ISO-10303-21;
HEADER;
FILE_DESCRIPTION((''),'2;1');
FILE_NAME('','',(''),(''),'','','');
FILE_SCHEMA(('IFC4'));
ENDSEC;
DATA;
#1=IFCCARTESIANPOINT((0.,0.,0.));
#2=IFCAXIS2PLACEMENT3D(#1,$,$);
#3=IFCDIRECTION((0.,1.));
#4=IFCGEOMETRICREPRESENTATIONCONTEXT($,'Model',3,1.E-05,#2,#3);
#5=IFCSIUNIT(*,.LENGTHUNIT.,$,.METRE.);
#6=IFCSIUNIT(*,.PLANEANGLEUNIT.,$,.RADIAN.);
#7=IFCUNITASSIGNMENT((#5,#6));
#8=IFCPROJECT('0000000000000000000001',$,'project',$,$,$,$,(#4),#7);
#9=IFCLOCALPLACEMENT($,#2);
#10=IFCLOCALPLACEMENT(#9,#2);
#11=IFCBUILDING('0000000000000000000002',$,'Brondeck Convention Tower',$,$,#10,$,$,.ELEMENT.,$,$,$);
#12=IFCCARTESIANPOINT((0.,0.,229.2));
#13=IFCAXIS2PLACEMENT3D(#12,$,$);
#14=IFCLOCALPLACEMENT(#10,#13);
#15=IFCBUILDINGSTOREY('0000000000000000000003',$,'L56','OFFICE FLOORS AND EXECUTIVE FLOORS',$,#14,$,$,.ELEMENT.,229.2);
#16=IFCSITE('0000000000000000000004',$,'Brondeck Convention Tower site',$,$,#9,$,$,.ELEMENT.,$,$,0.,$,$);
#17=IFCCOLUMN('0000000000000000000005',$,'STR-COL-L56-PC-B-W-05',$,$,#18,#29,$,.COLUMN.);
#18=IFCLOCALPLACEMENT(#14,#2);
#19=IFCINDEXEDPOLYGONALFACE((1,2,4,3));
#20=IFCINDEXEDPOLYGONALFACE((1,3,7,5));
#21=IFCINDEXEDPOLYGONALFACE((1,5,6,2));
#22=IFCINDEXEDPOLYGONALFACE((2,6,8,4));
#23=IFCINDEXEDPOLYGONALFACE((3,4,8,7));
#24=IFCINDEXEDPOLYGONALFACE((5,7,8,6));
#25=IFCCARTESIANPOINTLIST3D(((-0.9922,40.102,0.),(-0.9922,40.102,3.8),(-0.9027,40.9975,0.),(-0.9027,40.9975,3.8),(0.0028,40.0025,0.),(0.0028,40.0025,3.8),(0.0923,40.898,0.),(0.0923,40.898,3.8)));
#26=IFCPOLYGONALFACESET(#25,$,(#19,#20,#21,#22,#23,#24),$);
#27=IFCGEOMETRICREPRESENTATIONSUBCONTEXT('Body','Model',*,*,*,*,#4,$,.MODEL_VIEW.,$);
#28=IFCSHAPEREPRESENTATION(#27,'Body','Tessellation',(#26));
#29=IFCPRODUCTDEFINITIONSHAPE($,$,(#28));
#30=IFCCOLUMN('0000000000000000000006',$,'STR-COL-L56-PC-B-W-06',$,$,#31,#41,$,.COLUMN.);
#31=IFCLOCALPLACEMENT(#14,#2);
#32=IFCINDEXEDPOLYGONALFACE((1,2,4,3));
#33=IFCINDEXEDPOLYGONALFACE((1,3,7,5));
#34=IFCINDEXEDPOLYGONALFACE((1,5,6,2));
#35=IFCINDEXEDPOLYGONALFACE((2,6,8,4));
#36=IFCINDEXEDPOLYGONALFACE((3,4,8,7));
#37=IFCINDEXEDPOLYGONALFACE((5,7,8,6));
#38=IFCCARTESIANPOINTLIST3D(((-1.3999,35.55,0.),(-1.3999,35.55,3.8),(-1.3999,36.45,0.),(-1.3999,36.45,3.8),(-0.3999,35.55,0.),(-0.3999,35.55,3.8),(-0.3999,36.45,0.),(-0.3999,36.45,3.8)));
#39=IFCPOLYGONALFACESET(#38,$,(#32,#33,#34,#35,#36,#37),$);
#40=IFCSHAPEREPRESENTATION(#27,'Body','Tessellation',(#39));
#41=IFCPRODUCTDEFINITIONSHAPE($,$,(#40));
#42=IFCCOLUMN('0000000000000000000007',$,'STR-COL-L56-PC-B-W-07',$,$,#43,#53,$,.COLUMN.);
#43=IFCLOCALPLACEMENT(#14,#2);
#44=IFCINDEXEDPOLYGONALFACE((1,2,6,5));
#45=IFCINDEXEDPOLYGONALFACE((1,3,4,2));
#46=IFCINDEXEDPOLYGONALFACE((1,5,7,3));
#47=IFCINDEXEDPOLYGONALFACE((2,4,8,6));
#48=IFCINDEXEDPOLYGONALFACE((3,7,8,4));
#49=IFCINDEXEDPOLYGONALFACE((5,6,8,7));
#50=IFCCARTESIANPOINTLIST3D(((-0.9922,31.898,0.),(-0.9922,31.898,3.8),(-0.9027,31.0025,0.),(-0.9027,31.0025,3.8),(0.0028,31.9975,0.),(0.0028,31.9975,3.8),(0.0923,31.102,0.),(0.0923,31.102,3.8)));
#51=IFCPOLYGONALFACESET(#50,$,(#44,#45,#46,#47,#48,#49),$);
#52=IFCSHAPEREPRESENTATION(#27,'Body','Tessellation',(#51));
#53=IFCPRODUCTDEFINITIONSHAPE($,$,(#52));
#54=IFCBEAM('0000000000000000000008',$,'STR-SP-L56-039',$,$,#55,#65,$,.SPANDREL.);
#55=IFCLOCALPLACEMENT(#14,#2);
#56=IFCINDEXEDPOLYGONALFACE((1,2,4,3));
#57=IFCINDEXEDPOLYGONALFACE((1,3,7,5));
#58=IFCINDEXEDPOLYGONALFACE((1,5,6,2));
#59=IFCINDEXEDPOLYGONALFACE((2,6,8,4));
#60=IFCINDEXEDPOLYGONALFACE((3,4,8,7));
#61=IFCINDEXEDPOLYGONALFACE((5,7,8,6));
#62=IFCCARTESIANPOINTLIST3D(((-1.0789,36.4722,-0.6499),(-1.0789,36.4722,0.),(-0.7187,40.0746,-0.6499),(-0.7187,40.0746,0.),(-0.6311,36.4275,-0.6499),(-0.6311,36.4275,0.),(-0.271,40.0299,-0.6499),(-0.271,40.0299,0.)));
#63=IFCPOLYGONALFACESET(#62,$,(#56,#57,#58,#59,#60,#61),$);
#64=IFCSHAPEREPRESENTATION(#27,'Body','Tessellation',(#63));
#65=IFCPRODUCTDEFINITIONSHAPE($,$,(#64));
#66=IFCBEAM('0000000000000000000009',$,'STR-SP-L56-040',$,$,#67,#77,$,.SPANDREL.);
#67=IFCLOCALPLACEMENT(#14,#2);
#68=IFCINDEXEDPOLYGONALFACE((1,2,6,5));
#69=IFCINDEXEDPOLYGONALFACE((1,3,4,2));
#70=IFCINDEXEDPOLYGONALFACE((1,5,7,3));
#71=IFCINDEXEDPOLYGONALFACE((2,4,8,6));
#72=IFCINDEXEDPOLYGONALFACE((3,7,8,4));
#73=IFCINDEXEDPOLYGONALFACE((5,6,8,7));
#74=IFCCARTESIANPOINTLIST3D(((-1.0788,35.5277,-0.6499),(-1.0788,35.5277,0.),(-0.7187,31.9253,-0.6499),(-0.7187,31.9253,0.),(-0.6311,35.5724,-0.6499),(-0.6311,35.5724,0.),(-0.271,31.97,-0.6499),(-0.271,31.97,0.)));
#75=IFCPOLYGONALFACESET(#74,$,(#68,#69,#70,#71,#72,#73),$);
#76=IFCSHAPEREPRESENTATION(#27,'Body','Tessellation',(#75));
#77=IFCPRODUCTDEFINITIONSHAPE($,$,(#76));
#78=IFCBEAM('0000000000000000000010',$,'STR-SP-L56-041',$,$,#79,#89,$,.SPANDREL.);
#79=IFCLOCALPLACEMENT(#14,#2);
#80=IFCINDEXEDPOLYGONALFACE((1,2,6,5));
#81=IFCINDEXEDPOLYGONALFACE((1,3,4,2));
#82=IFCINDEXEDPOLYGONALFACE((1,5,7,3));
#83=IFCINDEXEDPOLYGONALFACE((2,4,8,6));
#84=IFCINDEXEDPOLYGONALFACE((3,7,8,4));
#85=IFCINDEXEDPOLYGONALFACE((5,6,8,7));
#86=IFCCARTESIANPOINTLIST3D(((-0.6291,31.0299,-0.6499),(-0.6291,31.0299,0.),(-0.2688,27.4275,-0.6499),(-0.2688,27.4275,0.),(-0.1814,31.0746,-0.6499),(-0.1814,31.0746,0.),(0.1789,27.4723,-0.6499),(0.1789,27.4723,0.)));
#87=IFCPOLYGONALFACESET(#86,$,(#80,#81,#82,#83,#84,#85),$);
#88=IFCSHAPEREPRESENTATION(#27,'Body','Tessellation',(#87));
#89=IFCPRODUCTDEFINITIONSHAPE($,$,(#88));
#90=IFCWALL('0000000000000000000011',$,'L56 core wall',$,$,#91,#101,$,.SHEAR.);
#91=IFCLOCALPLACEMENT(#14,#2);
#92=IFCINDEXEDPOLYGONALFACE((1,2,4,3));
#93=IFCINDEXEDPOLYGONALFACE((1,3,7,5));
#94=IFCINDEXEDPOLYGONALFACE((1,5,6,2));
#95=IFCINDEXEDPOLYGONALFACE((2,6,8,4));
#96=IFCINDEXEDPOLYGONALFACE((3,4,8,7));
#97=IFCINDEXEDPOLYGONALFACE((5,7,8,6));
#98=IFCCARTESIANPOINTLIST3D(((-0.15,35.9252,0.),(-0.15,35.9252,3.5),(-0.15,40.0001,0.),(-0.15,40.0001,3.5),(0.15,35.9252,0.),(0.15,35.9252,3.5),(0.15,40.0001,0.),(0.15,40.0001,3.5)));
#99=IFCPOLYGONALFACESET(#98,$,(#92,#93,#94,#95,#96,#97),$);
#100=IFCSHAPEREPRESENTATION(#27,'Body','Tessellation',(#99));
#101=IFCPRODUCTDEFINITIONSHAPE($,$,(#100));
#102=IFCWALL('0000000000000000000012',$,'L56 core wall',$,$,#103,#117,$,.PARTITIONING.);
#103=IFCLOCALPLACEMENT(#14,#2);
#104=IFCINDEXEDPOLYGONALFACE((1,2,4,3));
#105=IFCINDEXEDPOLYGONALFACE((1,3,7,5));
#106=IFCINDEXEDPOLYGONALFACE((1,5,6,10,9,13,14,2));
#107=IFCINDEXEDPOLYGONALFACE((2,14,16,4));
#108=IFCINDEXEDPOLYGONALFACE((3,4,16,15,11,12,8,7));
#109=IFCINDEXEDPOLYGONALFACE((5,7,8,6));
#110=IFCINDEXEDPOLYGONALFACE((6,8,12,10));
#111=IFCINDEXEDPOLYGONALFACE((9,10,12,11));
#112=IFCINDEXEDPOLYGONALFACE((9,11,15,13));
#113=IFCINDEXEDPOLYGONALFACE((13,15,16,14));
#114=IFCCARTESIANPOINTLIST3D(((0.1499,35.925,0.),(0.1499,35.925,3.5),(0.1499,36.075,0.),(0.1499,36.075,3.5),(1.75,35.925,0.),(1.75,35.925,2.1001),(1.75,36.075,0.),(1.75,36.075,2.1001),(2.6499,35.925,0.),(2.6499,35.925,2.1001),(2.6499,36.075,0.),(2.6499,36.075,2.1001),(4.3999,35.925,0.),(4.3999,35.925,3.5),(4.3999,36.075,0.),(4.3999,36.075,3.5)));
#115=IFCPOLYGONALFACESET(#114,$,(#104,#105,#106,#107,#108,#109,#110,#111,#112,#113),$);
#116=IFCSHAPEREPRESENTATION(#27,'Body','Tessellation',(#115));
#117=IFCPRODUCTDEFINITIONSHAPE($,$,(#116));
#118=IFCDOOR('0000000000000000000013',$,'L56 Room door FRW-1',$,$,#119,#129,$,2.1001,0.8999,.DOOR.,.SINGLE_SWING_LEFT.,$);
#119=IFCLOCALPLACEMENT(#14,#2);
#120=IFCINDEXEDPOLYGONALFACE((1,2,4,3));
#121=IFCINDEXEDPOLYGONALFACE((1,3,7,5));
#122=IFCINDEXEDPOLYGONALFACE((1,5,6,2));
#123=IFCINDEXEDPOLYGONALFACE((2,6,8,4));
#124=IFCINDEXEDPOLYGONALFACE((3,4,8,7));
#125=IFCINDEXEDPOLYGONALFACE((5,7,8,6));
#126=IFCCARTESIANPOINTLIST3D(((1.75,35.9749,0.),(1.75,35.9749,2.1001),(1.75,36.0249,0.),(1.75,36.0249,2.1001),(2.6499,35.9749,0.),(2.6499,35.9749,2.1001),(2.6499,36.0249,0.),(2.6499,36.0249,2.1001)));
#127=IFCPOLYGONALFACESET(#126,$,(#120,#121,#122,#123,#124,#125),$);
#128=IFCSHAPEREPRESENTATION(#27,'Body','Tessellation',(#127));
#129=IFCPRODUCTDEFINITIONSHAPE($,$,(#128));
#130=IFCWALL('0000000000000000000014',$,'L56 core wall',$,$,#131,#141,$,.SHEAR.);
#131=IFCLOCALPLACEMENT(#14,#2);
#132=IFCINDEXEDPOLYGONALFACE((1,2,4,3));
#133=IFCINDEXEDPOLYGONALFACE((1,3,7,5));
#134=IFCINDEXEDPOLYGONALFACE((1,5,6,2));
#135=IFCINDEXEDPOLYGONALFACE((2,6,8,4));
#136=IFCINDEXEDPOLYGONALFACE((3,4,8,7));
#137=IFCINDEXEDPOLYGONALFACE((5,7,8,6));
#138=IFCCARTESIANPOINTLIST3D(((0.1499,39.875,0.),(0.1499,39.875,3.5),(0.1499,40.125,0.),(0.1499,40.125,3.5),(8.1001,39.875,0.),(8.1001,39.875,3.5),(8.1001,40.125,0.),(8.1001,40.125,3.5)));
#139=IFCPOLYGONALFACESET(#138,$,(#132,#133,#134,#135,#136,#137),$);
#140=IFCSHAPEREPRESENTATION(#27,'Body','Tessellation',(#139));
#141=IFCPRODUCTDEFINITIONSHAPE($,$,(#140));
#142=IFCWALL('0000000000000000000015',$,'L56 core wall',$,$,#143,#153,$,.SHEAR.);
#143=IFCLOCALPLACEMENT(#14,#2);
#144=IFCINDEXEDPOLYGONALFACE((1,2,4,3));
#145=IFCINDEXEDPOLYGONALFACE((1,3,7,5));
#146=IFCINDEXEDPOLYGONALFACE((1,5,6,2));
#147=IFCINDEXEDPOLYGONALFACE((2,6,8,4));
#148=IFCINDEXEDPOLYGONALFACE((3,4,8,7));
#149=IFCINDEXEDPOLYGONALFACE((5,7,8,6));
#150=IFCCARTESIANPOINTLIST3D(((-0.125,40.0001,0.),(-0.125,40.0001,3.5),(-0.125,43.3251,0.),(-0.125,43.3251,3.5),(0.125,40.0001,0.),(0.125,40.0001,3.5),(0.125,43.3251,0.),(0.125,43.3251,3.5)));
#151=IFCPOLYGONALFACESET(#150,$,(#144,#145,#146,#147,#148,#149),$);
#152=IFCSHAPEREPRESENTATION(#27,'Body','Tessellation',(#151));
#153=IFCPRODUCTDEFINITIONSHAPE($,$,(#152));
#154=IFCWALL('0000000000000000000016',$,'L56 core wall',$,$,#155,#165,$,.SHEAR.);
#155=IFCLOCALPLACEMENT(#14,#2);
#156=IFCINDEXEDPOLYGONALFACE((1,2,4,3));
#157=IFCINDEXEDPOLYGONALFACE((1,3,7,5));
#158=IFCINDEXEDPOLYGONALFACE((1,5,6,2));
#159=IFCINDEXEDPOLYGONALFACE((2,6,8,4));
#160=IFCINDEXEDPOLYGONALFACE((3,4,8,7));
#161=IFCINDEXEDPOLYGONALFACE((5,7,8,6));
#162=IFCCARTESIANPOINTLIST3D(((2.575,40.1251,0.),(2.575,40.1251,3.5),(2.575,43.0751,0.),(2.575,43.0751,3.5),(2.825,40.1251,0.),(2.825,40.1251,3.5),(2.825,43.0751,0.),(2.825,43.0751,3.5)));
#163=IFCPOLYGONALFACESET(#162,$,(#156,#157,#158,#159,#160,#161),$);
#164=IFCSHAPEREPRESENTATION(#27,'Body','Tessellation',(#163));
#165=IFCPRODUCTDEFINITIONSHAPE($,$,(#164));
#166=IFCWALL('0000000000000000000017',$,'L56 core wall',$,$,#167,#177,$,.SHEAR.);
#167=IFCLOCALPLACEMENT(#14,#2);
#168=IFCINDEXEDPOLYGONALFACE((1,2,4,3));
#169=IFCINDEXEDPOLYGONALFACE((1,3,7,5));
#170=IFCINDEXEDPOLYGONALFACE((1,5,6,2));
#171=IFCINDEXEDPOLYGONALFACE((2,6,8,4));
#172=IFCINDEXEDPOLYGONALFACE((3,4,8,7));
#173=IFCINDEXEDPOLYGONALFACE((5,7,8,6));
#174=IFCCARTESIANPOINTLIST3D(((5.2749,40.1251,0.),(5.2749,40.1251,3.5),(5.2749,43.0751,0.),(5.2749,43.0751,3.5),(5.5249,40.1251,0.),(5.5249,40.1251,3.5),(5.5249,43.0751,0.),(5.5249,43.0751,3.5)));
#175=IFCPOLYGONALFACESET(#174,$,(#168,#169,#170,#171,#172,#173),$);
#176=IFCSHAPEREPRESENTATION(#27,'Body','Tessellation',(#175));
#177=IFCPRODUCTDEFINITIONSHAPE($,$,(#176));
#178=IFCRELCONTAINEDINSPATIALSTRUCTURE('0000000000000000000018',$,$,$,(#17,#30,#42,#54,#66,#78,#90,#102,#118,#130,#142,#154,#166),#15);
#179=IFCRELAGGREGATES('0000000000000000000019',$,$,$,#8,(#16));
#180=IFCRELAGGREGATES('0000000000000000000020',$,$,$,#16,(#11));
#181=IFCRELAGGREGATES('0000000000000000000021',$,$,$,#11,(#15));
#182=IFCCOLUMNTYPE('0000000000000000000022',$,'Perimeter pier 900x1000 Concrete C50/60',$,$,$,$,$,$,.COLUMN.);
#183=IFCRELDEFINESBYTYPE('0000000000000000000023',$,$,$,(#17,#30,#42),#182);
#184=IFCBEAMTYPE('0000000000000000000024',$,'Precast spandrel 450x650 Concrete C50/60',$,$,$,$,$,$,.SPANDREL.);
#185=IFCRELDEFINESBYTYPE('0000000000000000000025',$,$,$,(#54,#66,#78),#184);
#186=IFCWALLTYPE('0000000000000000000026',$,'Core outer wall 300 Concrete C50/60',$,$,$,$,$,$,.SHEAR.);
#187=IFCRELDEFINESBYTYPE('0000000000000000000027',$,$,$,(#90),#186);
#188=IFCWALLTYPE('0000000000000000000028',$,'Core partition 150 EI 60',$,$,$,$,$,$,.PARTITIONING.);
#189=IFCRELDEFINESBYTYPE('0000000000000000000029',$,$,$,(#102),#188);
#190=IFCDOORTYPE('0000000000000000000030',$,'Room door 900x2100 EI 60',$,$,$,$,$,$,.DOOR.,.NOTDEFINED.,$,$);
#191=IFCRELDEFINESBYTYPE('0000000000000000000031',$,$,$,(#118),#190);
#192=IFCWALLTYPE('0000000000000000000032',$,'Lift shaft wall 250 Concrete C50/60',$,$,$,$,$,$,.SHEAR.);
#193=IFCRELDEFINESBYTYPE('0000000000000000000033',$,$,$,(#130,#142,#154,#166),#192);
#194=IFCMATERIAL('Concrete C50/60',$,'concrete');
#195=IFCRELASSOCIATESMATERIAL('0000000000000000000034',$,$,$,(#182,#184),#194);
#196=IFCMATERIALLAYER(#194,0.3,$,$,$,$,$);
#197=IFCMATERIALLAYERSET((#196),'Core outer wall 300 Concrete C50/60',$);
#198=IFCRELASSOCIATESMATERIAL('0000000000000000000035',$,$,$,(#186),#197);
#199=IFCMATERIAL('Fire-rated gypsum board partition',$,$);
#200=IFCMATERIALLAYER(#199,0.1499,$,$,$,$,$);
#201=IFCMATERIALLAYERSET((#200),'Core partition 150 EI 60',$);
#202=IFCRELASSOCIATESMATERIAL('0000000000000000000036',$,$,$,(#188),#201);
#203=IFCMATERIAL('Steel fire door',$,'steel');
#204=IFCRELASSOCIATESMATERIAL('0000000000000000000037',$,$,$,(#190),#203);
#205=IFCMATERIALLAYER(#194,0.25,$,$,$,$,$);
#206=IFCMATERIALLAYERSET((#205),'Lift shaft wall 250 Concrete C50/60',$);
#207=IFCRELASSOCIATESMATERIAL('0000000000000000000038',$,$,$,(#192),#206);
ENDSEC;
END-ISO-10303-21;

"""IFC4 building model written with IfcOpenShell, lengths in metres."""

from ifc_helpers import new_model, si_unit, direction, frame, frame_2d, origin, origin_2d, place, context, subcontext, project, spatial, rectangle, extrude, material, layer, layer_set, material_profile, profile_set, type_object, element, fill, save


model = new_model("IFC4")

# Units and contexts
model_context = context("Model", 3, precision=1e-05, world=origin(), true_north=direction((0.0, 1.0)))
body_context = subcontext(model_context, "Body", "Model", "MODEL_VIEW")
ifc_project = project(units=[si_unit("LENGTHUNIT", "METRE"), si_unit("PLANEANGLEUNIT", "RADIAN")], contexts=[model_context])

# Site, building, storey
site_placement = place(None, origin())
site = spatial("IfcSite", under=ifc_project, at=site_placement, Name="Brondeck Convention Tower site", CompositionType="ELEMENT", RefElevation=0.0)
building_placement = place(site_placement, origin())
building = spatial("IfcBuilding", under=site, at=building_placement, Name="Brondeck Convention Tower", CompositionType="ELEMENT")
storey_placement = place(building_placement, frame((0.0, 0.0, 229.2)))
storey = spatial("IfcBuildingStorey", under=building, at=storey_placement, Name="L56", Description="OFFICE FLOORS AND EXECUTIVE FLOORS", CompositionType="ELEMENT", Elevation=229.2)

# Columns
ifc_material_1 = material(Name="Concrete C50/60", Category="concrete")
ifc_material_profile_1 = material_profile(ifc_material_1, rectangle(XDim=0.8999, YDim=1.0, at=origin_2d()), Name="Perimeter pier 900x1000 Concrete C50/60")
ifc_profile_set_1 = profile_set([ifc_material_profile_1], Name="Concrete C50/60")
column_type = type_object("IfcColumnType", Name="Perimeter pier 900x1000 Concrete C50/60", PredefinedType="COLUMN", material=ifc_profile_set_1)
for number, where, z_axis, x_axis, name in (
    (1, (-0.45, 40.5, 0.0), (0.0, 0.0, 1.0), (-0.099504, -0.995037, 0.0), "STR-COL-L56-PC-B-W-05"),
    (2, (-0.8999, 36.0, 0.0), (0.0, 0.0, 1.0), (0.0, -1.0, 0.0), "STR-COL-L56-PC-B-W-06"),
    (3, (-0.45, 31.5, 0.0), (0.0, 0.0, 1.0), (0.099504, -0.995037, 0.0), "STR-COL-L56-PC-B-W-07"),
):
    element("IfcColumn", number, at=place(storey_placement, frame(where, z_axis=z_axis, x_axis=x_axis)), inside=storey, type_object=column_type, Name=name, PredefinedType="COLUMN", context=body_context, shape_type="SweptSolid", body=[
        extrude(rectangle(XDim=0.8999, YDim=1.0, at=origin_2d()), origin(), (0.0, 0.0, 1.0), 3.8),
    ])

# Beams
ifc_material_profile_2 = material_profile(ifc_material_1, rectangle(XDim=0.45, YDim=0.6499, at=origin_2d()), Name="Precast spandrel 450x650 Concrete C50/60")
ifc_profile_set_2 = profile_set([ifc_material_profile_2], Name="Concrete C50/60")
beam_type = type_object("IfcBeamType", Name="Precast spandrel 450x650 Concrete C50/60", PredefinedType="SPANDREL", material=ifc_profile_set_2)
for number, where, z_axis, x_axis, name in (
    (4, (-0.4949, 40.0522, -0.325), (-0.09947, -0.995041, 0.0), (0.995041, -0.09947, 0.0), "STR-SP-L56-039"),
    (5, (-0.855, 35.55, -0.325), (0.09947, -0.995041, 0.0), (0.995041, 0.09947, 0.0), "STR-SP-L56-040"),
    (6, (-0.4053, 31.0522, -0.325), (0.099537, -0.995034, 0.0), (0.995034, 0.099537, 0.0), "STR-SP-L56-041"),
):
    element("IfcBeam", number, at=place(storey_placement, frame(where, z_axis=z_axis, x_axis=x_axis)), inside=storey, type_object=beam_type, Name=name, PredefinedType="SPANDREL", context=body_context, shape_type="SweptSolid", body=[
        extrude(rectangle(XDim=0.45, YDim=0.6499, at=origin_2d()), origin(), (0.0, 0.0, 1.0), 3.6204),
    ])

# Wall
ifc_layer_1 = layer(ifc_material_1, 0.3)
ifc_layer_set_1 = layer_set([ifc_layer_1], Name="Core outer wall 300 Concrete C50/60")
wall_type_1 = type_object("IfcWallType", Name="Core outer wall 300 Concrete C50/60", PredefinedType="SHEAR", material=ifc_layer_set_1)
wall_1_placement = place(storey_placement, frame((0.0, 35.925, 0.0), z_axis=(0.0, 0.0, 1.0), x_axis=(0.0, 1.0, 0.0)))
element("IfcWall", 7, at=wall_1_placement, inside=storey, type_object=wall_type_1, Name="L56 core wall", PredefinedType="SHEAR", context=body_context, shape_type="SweptSolid", body=[
    extrude(rectangle(XDim=4.075, YDim=0.3, at=frame_2d((2.0376, 0.0))), origin(), (0.0, 0.0, 1.0), 3.5),
])

# Wall, opening, door
ifc_material_2 = material(Name="Fire-rated gypsum board partition")
ifc_layer_2 = layer(ifc_material_2, 0.1499)
ifc_layer_set_2 = layer_set([ifc_layer_2], Name="Core partition 150 EI 60")
wall_type_2 = type_object("IfcWallType", Name="Core partition 150 EI 60", PredefinedType="PARTITIONING", material=ifc_layer_set_2)
wall_2_placement = place(storey_placement, frame((0.1499, 36.0, 0.0), z_axis=(0.0, 0.0, 1.0), x_axis=(1.0, 0.0, 0.0)))
wall_2 = element("IfcWall", 8, at=wall_2_placement, inside=storey, type_object=wall_type_2, Name="L56 core wall", PredefinedType="PARTITIONING", context=body_context, shape_type="SweptSolid", body=[
    extrude(rectangle(XDim=4.25, YDim=0.1499, at=frame_2d((2.125, 0.0))), origin(), (0.0, 0.0, 1.0), 3.5),
])
opening_1_placement = place(wall_2_placement, frame((1.6001, 0.0, 0.0)))
opening_1 = element("IfcOpeningElement", 9, at=opening_1_placement, cuts=wall_2, PredefinedType="OPENING", context=body_context, shape_type="SweptSolid", body=[
    extrude(rectangle(XDim=0.8999, YDim=2.1001, at=frame_2d((0.45, 1.05))), frame((0.0, 0.085, 0.0), z_axis=(0.0, -1.0, 0.0), x_axis=(1.0, 0.0, 0.0)), (0.0, 0.0, 1.0), 0.1699),
])
ifc_material_3 = material(Name="Steel fire door", Category="steel")
door_type_1 = type_object("IfcDoorType", Name="Room door 900x2100 EI 60", OperationType="NOTDEFINED", PredefinedType="DOOR", material=ifc_material_3)
door_1_placement = place(opening_1_placement, origin())
door_1 = element("IfcDoor", 10, at=door_1_placement, inside=storey, type_object=door_type_1, Name="L56 Room door FRW-1", OperationType="SINGLE_SWING_LEFT", OverallHeight=2.1001, OverallWidth=0.8999, PredefinedType="DOOR", context=body_context, shape_type="SweptSolid", body=[
    extrude(rectangle(XDim=0.8999, YDim=2.1001, at=frame_2d((0.45, 1.05))), frame((0.0, 0.0249, 0.0), z_axis=(0.0, -1.0, 0.0), x_axis=(1.0, 0.0, 0.0)), (0.0, 0.0, 1.0), 0.05),
])
fill(opening_1, door_1)

# Walls
ifc_layer_3 = layer(ifc_material_1, 0.25)
ifc_layer_set_3 = layer_set([ifc_layer_3], Name="Lift shaft wall 250 Concrete C50/60")
wall_type_3 = type_object("IfcWallType", Name="Lift shaft wall 250 Concrete C50/60", PredefinedType="SHEAR", material=ifc_layer_set_3)
wall_3_placement = place(storey_placement, frame((0.1499, 40.0, 0.0), z_axis=(0.0, 0.0, 1.0), x_axis=(1.0, 0.0, 0.0)))
element("IfcWall", 11, at=wall_3_placement, inside=storey, type_object=wall_type_3, Name="L56 core wall", PredefinedType="SHEAR", context=body_context, shape_type="SweptSolid", body=[
    extrude(rectangle(XDim=7.9502, YDim=0.25, at=frame_2d((3.9751, 0.0))), origin(), (0.0, 0.0, 1.0), 3.5),
])
wall_4_placement = place(storey_placement, frame((0.0, 40.0, 0.0), z_axis=(0.0, 0.0, 1.0), x_axis=(0.0, 1.0, 0.0)))
element("IfcWall", 12, at=wall_4_placement, inside=storey, type_object=wall_type_3, Name="L56 core wall", PredefinedType="SHEAR", context=body_context, shape_type="SweptSolid", body=[
    extrude(rectangle(XDim=3.325, YDim=0.25, at=frame_2d((1.6626, 0.0))), origin(), (0.0, 0.0, 1.0), 3.5),
])
for number, where, z_axis, x_axis, name in (
    (13, (2.7, 40.125, 0.0), (0.0, 0.0, 1.0), (0.0, 1.0, 0.0), "L56 core wall"),
    (14, (5.3999, 40.125, 0.0), (0.0, 0.0, 1.0), (0.0, 1.0, 0.0), "L56 core wall"),
):
    element("IfcWall", number, at=place(storey_placement, frame(where, z_axis=z_axis, x_axis=x_axis)), inside=storey, type_object=wall_type_3, Name=name, PredefinedType="SHEAR", context=body_context, shape_type="SweptSolid", body=[
        extrude(rectangle(XDim=2.95, YDim=0.25, at=frame_2d((1.4751, 0.0))), origin(), (0.0, 0.0, 1.0), 3.5),
    ])

save(model, "model.ifc")
